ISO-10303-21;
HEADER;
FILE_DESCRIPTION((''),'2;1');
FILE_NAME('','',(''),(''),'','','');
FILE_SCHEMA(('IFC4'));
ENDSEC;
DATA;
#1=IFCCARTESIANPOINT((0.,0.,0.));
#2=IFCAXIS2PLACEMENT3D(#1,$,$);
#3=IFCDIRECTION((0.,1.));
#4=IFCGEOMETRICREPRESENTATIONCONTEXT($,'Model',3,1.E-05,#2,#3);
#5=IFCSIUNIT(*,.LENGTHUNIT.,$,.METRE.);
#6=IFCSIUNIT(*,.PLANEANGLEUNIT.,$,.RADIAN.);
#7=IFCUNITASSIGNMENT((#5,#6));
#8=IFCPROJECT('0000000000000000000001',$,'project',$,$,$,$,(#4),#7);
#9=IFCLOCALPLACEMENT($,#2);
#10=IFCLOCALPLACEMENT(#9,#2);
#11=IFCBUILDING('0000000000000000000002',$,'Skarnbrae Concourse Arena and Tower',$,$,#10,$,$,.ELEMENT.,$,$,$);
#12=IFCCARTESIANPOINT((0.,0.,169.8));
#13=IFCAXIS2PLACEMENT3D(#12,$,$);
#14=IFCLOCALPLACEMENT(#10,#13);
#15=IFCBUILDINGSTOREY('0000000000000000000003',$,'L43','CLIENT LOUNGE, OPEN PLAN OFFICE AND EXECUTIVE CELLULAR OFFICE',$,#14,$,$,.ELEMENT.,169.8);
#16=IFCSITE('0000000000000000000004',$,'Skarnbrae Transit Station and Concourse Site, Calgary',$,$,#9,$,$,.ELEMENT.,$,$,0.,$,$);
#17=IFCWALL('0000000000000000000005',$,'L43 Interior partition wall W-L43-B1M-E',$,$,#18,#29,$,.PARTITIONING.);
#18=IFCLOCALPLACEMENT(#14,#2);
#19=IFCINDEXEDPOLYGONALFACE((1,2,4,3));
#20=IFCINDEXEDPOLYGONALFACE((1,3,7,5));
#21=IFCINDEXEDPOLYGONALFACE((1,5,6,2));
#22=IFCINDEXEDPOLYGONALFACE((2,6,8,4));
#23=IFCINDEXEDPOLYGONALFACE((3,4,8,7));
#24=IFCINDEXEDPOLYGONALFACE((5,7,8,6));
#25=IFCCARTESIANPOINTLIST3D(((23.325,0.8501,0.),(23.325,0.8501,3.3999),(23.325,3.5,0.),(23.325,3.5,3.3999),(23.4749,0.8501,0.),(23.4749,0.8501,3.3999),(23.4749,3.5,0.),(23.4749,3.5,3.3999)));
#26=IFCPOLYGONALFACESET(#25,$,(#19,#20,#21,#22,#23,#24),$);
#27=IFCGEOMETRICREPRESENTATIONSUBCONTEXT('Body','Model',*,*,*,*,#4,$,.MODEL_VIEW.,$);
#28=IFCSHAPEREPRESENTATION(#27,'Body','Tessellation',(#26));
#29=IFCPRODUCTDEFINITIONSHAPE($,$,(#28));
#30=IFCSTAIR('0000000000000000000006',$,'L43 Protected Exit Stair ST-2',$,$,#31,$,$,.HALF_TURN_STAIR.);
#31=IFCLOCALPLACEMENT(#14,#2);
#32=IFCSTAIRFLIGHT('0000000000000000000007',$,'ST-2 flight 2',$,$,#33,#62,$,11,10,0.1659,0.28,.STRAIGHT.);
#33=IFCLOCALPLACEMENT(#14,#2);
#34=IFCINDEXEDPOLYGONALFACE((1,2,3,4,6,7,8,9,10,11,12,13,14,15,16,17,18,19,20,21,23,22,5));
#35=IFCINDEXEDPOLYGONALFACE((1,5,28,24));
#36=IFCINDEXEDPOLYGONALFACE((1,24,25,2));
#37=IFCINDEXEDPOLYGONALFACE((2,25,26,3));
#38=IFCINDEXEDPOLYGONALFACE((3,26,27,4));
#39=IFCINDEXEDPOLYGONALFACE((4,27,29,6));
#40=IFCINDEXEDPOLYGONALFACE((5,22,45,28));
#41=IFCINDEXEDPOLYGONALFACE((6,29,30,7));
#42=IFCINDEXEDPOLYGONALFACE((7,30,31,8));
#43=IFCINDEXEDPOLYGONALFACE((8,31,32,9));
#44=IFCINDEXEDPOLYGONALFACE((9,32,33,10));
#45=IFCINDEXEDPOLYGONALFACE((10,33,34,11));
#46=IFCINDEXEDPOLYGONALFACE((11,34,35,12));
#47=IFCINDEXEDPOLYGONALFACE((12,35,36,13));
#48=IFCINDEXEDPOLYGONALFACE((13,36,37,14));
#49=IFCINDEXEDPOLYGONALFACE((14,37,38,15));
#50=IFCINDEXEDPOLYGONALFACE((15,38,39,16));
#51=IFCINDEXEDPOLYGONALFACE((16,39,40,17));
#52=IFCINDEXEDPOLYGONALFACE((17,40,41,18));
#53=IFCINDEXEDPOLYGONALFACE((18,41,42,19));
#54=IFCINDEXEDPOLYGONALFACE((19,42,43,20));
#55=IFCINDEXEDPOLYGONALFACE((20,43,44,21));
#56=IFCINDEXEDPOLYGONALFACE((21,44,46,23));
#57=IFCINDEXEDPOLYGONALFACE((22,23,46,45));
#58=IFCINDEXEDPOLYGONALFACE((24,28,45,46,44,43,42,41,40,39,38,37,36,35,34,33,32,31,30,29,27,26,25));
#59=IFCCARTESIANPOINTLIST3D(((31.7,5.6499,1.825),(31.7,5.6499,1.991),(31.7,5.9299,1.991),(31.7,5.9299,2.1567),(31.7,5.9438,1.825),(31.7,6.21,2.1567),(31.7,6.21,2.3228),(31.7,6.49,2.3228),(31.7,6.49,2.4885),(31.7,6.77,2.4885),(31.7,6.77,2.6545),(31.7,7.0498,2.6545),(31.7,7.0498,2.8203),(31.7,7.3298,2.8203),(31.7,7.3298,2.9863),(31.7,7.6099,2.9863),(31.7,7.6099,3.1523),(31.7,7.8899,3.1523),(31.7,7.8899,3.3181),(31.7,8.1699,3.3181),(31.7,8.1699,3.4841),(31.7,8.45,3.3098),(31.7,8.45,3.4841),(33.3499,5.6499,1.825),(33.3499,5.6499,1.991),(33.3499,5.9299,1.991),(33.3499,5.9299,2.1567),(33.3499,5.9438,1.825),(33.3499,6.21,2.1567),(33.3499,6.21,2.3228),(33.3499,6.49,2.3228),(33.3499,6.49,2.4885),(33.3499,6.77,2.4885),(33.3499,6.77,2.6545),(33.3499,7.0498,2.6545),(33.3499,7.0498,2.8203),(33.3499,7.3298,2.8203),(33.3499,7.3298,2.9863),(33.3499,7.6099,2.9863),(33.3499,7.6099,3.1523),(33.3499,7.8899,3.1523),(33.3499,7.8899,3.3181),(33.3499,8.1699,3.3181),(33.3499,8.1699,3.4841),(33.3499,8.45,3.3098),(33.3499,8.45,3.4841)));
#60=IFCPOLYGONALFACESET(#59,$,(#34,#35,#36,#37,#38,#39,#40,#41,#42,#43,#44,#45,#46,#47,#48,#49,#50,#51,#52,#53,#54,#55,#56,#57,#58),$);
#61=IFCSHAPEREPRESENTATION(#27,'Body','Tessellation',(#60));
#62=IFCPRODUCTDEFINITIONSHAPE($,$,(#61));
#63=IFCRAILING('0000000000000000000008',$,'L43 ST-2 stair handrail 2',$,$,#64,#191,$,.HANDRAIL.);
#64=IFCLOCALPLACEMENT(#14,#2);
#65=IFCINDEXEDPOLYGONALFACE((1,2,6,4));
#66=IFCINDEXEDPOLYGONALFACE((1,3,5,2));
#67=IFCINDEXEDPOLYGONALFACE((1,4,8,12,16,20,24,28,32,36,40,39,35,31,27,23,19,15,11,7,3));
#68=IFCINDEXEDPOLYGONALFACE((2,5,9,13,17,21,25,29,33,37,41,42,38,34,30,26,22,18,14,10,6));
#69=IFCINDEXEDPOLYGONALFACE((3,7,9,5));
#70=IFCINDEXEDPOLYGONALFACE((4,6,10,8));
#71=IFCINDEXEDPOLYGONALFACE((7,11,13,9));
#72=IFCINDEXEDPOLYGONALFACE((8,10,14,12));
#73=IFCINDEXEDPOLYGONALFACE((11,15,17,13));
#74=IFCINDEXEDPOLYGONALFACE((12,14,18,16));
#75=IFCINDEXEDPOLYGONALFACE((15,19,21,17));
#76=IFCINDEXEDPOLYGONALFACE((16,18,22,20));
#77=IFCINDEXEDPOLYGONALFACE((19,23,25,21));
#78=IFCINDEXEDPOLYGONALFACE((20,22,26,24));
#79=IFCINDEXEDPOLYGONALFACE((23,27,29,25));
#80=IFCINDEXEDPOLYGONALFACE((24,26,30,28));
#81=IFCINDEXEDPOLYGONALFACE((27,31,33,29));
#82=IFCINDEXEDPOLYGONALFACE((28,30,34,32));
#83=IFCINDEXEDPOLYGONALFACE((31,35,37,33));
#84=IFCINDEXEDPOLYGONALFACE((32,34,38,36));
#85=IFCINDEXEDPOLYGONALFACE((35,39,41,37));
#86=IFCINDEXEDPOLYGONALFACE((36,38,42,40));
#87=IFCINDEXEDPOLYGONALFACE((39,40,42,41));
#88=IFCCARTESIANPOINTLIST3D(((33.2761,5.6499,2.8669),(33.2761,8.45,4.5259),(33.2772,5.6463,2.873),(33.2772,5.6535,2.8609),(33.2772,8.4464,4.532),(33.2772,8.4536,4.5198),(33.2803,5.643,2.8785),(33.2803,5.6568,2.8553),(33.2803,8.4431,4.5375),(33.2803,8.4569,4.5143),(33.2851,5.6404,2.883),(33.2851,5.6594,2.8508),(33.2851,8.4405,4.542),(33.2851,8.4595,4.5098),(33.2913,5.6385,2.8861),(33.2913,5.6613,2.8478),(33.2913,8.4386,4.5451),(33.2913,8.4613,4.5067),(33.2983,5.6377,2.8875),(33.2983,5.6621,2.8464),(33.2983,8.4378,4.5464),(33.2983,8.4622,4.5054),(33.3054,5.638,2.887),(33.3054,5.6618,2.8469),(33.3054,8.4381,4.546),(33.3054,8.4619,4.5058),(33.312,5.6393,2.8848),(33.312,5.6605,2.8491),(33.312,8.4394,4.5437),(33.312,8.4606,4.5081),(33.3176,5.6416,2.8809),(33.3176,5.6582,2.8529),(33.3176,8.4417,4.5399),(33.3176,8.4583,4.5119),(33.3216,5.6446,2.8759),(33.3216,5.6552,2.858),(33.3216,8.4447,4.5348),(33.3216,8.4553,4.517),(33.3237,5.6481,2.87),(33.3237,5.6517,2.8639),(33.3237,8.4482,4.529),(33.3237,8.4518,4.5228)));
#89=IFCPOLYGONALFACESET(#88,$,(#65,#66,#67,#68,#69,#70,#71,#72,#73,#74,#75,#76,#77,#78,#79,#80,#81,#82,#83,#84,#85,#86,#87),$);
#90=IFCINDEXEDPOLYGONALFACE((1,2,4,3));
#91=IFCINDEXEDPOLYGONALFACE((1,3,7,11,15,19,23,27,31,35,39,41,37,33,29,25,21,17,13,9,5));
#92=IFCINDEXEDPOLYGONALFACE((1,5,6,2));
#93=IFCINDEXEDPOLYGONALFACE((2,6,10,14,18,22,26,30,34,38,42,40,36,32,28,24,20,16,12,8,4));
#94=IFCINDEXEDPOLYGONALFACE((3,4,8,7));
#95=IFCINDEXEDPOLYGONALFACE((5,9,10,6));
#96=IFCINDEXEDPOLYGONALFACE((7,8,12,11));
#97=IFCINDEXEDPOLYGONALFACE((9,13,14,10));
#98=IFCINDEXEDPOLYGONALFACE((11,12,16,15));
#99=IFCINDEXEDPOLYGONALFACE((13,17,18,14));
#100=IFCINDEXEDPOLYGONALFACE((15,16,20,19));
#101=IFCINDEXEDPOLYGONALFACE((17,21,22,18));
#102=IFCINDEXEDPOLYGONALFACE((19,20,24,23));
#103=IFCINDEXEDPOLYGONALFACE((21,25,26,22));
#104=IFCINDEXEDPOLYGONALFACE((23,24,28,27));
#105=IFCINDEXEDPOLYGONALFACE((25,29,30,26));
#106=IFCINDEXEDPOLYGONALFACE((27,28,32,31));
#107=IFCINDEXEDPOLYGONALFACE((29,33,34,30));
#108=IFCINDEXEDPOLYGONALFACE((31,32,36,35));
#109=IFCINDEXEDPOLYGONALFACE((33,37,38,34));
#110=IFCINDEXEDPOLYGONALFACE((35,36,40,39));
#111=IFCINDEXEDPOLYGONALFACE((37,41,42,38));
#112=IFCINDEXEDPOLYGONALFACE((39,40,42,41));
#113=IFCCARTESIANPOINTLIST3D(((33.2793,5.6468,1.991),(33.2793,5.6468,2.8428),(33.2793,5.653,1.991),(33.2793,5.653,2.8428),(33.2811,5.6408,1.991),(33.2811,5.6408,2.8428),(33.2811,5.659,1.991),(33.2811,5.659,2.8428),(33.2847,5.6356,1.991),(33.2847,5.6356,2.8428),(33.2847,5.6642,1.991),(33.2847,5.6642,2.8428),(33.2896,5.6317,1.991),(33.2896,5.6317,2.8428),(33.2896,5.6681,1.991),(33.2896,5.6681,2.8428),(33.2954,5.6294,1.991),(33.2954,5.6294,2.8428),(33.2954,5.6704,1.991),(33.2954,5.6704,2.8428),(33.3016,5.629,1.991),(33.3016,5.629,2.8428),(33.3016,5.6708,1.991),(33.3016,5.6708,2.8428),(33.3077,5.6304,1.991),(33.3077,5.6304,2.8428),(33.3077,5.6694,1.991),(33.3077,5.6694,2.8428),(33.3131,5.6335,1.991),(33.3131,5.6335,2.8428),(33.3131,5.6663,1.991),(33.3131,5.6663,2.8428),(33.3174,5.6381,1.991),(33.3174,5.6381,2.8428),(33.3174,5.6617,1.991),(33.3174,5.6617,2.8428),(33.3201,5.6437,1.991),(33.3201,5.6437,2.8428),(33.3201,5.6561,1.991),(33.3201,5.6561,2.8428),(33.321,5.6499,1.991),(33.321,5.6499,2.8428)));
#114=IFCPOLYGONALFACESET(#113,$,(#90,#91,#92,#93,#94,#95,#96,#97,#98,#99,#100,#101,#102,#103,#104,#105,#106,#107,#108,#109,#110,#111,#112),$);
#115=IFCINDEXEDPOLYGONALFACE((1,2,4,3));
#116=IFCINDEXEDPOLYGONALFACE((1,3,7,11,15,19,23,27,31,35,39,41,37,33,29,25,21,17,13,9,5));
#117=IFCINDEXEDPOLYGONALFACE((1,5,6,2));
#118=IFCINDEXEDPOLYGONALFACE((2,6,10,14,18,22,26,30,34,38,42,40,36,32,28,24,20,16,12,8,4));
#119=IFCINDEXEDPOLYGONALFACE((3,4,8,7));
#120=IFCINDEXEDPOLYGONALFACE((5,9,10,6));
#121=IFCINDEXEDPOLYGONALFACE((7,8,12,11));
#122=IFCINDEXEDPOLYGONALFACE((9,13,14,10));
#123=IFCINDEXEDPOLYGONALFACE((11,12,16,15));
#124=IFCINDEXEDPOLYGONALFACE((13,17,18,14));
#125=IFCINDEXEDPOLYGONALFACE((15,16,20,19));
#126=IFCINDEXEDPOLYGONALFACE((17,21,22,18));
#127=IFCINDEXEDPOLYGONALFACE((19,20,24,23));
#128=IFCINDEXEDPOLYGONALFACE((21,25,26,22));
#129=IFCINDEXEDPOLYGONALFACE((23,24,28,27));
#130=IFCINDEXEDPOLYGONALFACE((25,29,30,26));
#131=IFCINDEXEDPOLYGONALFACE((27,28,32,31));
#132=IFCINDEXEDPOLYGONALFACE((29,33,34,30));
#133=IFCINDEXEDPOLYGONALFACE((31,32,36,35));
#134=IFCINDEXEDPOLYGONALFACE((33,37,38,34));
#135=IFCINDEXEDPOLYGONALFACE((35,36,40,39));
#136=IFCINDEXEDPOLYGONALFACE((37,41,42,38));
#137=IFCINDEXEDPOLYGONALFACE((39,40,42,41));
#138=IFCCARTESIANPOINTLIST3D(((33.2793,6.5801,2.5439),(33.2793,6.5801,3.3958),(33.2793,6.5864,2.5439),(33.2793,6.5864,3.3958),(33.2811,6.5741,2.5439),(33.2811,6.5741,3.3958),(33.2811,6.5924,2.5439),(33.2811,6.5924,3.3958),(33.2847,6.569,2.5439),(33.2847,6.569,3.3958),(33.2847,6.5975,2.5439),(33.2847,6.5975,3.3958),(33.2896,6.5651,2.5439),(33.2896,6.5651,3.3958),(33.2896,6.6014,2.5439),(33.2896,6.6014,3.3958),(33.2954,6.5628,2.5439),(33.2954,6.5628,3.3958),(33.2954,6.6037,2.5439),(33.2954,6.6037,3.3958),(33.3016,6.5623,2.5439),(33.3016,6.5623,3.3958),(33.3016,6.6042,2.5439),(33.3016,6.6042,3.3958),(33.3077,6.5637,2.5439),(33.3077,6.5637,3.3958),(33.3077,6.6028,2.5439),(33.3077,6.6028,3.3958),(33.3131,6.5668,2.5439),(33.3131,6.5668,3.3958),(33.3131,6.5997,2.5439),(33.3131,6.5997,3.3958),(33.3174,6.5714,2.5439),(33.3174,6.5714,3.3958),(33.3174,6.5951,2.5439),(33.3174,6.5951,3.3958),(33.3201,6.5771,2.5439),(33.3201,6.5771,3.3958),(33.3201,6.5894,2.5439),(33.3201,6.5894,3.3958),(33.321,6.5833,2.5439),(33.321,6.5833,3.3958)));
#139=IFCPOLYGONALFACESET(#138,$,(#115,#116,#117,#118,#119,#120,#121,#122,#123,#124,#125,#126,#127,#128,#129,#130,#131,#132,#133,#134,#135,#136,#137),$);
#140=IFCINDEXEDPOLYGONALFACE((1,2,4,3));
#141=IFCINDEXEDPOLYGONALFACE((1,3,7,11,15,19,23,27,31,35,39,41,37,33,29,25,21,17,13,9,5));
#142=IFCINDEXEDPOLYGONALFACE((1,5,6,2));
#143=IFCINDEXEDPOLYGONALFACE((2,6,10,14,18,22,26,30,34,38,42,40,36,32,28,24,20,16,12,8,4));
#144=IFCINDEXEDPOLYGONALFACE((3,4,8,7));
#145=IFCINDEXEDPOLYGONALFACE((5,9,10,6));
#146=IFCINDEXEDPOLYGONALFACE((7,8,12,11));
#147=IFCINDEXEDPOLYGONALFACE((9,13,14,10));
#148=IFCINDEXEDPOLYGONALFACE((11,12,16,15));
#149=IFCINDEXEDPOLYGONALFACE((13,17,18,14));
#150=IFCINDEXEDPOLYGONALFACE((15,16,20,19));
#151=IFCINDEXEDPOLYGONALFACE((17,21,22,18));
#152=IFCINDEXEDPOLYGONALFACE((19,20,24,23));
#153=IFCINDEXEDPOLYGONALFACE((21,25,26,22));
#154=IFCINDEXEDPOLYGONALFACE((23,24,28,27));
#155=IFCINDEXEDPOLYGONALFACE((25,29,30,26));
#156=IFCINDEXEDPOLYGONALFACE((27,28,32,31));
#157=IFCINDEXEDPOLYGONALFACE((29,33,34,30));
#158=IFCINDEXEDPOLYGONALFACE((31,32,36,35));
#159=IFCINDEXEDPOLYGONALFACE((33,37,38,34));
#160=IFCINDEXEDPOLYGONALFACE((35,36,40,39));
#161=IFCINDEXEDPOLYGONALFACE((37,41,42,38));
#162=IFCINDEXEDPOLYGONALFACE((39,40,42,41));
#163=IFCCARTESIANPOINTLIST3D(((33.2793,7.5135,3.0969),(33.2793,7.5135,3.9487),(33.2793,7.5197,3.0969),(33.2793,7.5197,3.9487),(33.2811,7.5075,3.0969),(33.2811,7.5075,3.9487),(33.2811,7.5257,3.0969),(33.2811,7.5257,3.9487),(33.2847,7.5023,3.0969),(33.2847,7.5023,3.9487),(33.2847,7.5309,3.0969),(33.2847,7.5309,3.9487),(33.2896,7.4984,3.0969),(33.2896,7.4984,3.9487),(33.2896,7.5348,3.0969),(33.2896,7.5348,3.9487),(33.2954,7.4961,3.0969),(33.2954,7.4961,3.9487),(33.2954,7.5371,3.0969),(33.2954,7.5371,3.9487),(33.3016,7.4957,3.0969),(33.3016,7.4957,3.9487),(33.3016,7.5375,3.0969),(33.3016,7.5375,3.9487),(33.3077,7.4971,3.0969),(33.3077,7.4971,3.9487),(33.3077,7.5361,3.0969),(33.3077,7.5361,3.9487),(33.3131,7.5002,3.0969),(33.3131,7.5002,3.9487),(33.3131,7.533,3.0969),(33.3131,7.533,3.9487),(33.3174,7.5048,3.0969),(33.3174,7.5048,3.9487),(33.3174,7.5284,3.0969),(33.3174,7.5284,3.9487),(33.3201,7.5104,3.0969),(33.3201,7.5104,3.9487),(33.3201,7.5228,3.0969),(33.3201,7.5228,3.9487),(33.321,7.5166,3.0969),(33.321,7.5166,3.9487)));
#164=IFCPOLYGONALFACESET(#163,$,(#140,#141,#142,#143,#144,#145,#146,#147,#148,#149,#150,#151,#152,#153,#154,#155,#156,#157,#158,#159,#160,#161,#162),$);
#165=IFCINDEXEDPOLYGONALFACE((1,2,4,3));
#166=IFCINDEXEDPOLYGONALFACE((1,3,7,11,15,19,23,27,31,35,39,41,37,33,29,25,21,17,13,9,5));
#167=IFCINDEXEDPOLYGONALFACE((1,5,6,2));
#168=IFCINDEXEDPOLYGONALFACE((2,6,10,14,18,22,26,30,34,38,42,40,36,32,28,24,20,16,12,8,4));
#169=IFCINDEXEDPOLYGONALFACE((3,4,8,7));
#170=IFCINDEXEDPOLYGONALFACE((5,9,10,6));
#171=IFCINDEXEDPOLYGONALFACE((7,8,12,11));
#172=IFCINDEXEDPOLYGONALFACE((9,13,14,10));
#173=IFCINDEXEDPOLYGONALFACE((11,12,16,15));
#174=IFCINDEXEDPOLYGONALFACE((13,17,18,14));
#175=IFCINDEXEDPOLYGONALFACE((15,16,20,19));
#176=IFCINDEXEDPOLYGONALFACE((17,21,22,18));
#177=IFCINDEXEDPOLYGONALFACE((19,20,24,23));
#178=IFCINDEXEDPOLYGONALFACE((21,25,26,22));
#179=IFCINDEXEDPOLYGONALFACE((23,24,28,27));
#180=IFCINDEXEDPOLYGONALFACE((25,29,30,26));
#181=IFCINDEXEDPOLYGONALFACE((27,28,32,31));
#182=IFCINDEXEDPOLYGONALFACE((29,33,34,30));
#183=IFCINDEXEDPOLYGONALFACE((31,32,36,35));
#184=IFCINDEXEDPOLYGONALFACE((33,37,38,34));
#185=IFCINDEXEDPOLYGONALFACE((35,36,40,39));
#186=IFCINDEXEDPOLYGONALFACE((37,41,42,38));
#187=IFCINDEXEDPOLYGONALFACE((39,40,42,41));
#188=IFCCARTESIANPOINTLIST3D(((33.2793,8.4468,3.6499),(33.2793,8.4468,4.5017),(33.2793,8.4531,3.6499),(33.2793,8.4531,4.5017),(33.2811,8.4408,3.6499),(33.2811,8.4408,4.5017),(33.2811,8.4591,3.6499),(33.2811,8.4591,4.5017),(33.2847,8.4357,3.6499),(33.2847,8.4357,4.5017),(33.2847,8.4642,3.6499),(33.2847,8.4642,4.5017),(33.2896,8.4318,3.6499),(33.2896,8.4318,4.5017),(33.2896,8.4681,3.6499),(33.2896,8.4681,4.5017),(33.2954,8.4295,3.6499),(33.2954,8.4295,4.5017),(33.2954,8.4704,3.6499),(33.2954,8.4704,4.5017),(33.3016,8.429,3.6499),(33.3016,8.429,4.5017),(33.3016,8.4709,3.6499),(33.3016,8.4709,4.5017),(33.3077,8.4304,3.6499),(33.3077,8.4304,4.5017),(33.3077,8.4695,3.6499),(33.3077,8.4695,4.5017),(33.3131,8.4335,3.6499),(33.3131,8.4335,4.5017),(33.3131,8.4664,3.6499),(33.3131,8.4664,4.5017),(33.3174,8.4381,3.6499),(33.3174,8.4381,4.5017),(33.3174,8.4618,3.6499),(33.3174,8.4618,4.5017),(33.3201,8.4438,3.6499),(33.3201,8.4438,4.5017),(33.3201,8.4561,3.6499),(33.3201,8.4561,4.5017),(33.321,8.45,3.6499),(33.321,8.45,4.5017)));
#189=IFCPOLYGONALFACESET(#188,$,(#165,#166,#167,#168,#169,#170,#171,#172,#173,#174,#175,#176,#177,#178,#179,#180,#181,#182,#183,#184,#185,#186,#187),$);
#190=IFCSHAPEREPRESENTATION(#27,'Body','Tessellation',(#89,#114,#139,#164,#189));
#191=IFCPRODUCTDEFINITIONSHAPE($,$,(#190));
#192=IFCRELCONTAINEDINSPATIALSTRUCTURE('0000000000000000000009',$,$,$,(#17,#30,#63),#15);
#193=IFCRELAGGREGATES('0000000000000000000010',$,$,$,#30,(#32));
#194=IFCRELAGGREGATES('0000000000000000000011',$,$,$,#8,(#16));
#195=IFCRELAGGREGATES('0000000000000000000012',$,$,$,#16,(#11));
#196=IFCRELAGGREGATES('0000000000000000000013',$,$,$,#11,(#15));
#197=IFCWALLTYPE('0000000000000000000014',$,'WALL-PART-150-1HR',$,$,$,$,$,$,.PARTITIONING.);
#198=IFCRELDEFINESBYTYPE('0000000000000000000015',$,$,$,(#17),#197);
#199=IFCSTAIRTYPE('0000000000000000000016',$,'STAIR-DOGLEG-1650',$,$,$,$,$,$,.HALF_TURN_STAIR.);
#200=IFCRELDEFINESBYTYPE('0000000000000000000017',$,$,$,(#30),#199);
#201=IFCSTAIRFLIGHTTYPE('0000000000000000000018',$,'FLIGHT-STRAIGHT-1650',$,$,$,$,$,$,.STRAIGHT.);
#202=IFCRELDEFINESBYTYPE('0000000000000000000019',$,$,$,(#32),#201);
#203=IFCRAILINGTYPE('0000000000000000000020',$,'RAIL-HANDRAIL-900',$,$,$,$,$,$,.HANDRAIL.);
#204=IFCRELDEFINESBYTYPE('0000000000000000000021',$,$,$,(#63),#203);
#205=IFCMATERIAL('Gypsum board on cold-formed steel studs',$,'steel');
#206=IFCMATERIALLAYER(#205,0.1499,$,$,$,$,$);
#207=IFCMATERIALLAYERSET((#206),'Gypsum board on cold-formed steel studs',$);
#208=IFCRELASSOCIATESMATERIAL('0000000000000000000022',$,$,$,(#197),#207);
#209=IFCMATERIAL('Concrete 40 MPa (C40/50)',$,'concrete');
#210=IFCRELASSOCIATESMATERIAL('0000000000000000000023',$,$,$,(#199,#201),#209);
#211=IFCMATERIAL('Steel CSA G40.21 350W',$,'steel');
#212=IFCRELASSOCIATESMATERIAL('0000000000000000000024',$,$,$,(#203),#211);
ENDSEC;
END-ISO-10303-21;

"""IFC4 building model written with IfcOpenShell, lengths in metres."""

from ifc_helpers import new_model, si_unit, direction, frame, frame_2d, origin, origin_2d, place, context, subcontext, project, spatial, polyline, rectangle, circle, outline, extrude, source, transform, mapped, material, layer, layer_set, type_object, element, aggregate, save


model = new_model("IFC4")

# Units and contexts
model_context = context("Model", 3, precision=1e-05, world=origin(), true_north=direction((0.0, 1.0)))
body_context = subcontext(model_context, "Body", "Model", "MODEL_VIEW")
ifc_project = project(units=[si_unit("LENGTHUNIT", "METRE"), si_unit("PLANEANGLEUNIT", "RADIAN")], contexts=[model_context])

# Site, building, storey
site_placement = place(None, origin())
site = spatial("IfcSite", under=ifc_project, at=site_placement, Name="Skarnbrae Transit Station and Concourse Site, Calgary", CompositionType="ELEMENT", RefElevation=0.0)
building_placement = place(site_placement, origin())
building = spatial("IfcBuilding", under=site, at=building_placement, Name="Skarnbrae Concourse Arena and Tower", CompositionType="ELEMENT")
storey_placement = place(building_placement, frame((0.0, 0.0, 169.8)))
storey = spatial("IfcBuildingStorey", under=building, at=storey_placement, Name="L43", Description="CLIENT LOUNGE, OPEN PLAN OFFICE AND EXECUTIVE CELLULAR OFFICE", CompositionType="ELEMENT", Elevation=169.8)

# Shared definitions
ifc_material_1 = material(Name="Gypsum board on cold-formed steel studs", Category="steel")

# Shared definitions
ifc_layer_1 = layer(ifc_material_1, 0.1499)
ifc_layer_set_1 = layer_set([ifc_layer_1], Name="Gypsum board on cold-formed steel studs")
wall_type_1 = type_object("IfcWallType", Name="WALL-PART-150-1HR", PredefinedType="PARTITIONING", material=ifc_layer_set_1)
ifc_material_2 = material(Name="Steel CSA G40.21 350W", Category="steel")

# Wall
shared_shape_1 = source(origin(), body_context, "Body", "SweptSolid", [
    extrude(rectangle(XDim=2.6499, YDim=0.1499, at=frame_2d((1.325, 0.0))), origin(), (0.0, 0.0, 1.0), 3.3999),
])
wall_1_placement = place(storey_placement, frame((23.3999, 0.8501, 0.0), z_axis=(0.0, 0.0, 1.0), x_axis=(0.0, 1.0, 0.0)))
element("IfcWall", 1, at=wall_1_placement, inside=storey, type_object=wall_type_1, Name="L43 Interior partition wall W-L43-B1M-E", PredefinedType="PARTITIONING", context=body_context, shape_type="MappedRepresentation", body=[
    mapped(shared_shape_1, transform((0.0, 0.0, 0.0))),
])

# Stair, stair flight
ifc_material_3 = material(Name="Concrete 40 MPa (C40/50)", Category="concrete")
stair_type = type_object("IfcStairType", Name="STAIR-DOGLEG-1650", PredefinedType="HALF_TURN_STAIR", material=ifc_material_3)
stair_placement = place(storey_placement, origin())
stair = element("IfcStair", 2, at=stair_placement, inside=storey, type_object=stair_type, Name="L43 Protected Exit Stair ST-2", PredefinedType="HALF_TURN_STAIR")
stair_flight_type = type_object("IfcStairFlightType", Name="FLIGHT-STRAIGHT-1650", PredefinedType="STRAIGHT", material=ifc_material_3)
shared_shape_2 = source(origin(), body_context, "Body", "SweptSolid", [
    extrude(outline(polyline([(0.0, 0.0), (0.0, 0.166), (0.28, 0.166), (0.28, 0.3318), (0.5601, 0.3318), (0.5601, 0.4978), (0.8401, 0.4978), (0.8401, 0.6636), (1.1201, 0.6636), (1.1201, 0.8296), (1.3999, 0.8296), (1.3999, 0.9954), (1.6799, 0.9954), (1.6799, 1.1614), (1.96, 1.1614), (1.96, 1.3274), (2.24, 1.3274), (2.24, 1.4932), (2.52, 1.4932), (2.52, 1.6592), (2.8, 1.6592), (2.8, 1.825), (2.8, 1.4849), (0.2939, 0.0), (0.0, 0.0)])), frame((0.0, 0.825, 0.0), z_axis=(0.0, -1.0, 0.0), x_axis=(1.0, 0.0, 0.0)), (0.0, 0.0, 1.0), 1.6499),
])
stair_flight_placement = place(storey_placement, frame((32.5249, 5.6499, 1.825), z_axis=(0.0, 0.0, 1.0), x_axis=(0.0, 1.0, 0.0)))
stair_flight = element("IfcStairFlight", 3, at=stair_flight_placement, type_object=stair_flight_type, Name="ST-2 flight 2", NumberOfRisers=11, NumberOfTreads=10, PredefinedType="STRAIGHT", RiserHeight=0.1659, TreadLength=0.28, context=body_context, shape_type="MappedRepresentation", body=[
    mapped(shared_shape_2, transform((0.0, 0.0, 0.0))),
])
aggregate(stair, [stair_flight])

# Railing
railing_type_1 = type_object("IfcRailingType", Name="RAIL-HANDRAIL-900", PredefinedType="HANDRAIL", material=ifc_material_2)
railing_1_placement = place(storey_placement, frame((33.3, 5.6499, 1.991)))
element("IfcRailing", 4, at=railing_1_placement, inside=storey, type_object=railing_type_1, Name="L43 ST-2 stair handrail 2", PredefinedType="HANDRAIL", context=body_context, shape_type="SweptSolid", body=[
    extrude(circle(Radius=0.0239, at=origin_2d()), frame((0.0, 0.0, 0.876), z_axis=(0.0, 0.860339, 0.509722), x_axis=(-1.0, 0.0, 0.0)), (0.0, 0.0, 1.0), 3.2546),
    extrude(circle(Radius=0.021, at=origin_2d()), origin(), (0.0, 0.0, 1.0), 0.8518),
    extrude(circle(Radius=0.021, at=origin_2d()), frame((0.0, 0.9333, 0.553)), (0.0, 0.0, 1.0), 0.8518),
    extrude(circle(Radius=0.021, at=origin_2d()), frame((0.0, 1.8667, 1.106)), (0.0, 0.0, 1.0), 0.8518),
    extrude(circle(Radius=0.021, at=origin_2d()), frame((0.0, 2.8, 1.6589)), (0.0, 0.0, 1.0), 0.8518),
])

save(model, "model.ifc")
